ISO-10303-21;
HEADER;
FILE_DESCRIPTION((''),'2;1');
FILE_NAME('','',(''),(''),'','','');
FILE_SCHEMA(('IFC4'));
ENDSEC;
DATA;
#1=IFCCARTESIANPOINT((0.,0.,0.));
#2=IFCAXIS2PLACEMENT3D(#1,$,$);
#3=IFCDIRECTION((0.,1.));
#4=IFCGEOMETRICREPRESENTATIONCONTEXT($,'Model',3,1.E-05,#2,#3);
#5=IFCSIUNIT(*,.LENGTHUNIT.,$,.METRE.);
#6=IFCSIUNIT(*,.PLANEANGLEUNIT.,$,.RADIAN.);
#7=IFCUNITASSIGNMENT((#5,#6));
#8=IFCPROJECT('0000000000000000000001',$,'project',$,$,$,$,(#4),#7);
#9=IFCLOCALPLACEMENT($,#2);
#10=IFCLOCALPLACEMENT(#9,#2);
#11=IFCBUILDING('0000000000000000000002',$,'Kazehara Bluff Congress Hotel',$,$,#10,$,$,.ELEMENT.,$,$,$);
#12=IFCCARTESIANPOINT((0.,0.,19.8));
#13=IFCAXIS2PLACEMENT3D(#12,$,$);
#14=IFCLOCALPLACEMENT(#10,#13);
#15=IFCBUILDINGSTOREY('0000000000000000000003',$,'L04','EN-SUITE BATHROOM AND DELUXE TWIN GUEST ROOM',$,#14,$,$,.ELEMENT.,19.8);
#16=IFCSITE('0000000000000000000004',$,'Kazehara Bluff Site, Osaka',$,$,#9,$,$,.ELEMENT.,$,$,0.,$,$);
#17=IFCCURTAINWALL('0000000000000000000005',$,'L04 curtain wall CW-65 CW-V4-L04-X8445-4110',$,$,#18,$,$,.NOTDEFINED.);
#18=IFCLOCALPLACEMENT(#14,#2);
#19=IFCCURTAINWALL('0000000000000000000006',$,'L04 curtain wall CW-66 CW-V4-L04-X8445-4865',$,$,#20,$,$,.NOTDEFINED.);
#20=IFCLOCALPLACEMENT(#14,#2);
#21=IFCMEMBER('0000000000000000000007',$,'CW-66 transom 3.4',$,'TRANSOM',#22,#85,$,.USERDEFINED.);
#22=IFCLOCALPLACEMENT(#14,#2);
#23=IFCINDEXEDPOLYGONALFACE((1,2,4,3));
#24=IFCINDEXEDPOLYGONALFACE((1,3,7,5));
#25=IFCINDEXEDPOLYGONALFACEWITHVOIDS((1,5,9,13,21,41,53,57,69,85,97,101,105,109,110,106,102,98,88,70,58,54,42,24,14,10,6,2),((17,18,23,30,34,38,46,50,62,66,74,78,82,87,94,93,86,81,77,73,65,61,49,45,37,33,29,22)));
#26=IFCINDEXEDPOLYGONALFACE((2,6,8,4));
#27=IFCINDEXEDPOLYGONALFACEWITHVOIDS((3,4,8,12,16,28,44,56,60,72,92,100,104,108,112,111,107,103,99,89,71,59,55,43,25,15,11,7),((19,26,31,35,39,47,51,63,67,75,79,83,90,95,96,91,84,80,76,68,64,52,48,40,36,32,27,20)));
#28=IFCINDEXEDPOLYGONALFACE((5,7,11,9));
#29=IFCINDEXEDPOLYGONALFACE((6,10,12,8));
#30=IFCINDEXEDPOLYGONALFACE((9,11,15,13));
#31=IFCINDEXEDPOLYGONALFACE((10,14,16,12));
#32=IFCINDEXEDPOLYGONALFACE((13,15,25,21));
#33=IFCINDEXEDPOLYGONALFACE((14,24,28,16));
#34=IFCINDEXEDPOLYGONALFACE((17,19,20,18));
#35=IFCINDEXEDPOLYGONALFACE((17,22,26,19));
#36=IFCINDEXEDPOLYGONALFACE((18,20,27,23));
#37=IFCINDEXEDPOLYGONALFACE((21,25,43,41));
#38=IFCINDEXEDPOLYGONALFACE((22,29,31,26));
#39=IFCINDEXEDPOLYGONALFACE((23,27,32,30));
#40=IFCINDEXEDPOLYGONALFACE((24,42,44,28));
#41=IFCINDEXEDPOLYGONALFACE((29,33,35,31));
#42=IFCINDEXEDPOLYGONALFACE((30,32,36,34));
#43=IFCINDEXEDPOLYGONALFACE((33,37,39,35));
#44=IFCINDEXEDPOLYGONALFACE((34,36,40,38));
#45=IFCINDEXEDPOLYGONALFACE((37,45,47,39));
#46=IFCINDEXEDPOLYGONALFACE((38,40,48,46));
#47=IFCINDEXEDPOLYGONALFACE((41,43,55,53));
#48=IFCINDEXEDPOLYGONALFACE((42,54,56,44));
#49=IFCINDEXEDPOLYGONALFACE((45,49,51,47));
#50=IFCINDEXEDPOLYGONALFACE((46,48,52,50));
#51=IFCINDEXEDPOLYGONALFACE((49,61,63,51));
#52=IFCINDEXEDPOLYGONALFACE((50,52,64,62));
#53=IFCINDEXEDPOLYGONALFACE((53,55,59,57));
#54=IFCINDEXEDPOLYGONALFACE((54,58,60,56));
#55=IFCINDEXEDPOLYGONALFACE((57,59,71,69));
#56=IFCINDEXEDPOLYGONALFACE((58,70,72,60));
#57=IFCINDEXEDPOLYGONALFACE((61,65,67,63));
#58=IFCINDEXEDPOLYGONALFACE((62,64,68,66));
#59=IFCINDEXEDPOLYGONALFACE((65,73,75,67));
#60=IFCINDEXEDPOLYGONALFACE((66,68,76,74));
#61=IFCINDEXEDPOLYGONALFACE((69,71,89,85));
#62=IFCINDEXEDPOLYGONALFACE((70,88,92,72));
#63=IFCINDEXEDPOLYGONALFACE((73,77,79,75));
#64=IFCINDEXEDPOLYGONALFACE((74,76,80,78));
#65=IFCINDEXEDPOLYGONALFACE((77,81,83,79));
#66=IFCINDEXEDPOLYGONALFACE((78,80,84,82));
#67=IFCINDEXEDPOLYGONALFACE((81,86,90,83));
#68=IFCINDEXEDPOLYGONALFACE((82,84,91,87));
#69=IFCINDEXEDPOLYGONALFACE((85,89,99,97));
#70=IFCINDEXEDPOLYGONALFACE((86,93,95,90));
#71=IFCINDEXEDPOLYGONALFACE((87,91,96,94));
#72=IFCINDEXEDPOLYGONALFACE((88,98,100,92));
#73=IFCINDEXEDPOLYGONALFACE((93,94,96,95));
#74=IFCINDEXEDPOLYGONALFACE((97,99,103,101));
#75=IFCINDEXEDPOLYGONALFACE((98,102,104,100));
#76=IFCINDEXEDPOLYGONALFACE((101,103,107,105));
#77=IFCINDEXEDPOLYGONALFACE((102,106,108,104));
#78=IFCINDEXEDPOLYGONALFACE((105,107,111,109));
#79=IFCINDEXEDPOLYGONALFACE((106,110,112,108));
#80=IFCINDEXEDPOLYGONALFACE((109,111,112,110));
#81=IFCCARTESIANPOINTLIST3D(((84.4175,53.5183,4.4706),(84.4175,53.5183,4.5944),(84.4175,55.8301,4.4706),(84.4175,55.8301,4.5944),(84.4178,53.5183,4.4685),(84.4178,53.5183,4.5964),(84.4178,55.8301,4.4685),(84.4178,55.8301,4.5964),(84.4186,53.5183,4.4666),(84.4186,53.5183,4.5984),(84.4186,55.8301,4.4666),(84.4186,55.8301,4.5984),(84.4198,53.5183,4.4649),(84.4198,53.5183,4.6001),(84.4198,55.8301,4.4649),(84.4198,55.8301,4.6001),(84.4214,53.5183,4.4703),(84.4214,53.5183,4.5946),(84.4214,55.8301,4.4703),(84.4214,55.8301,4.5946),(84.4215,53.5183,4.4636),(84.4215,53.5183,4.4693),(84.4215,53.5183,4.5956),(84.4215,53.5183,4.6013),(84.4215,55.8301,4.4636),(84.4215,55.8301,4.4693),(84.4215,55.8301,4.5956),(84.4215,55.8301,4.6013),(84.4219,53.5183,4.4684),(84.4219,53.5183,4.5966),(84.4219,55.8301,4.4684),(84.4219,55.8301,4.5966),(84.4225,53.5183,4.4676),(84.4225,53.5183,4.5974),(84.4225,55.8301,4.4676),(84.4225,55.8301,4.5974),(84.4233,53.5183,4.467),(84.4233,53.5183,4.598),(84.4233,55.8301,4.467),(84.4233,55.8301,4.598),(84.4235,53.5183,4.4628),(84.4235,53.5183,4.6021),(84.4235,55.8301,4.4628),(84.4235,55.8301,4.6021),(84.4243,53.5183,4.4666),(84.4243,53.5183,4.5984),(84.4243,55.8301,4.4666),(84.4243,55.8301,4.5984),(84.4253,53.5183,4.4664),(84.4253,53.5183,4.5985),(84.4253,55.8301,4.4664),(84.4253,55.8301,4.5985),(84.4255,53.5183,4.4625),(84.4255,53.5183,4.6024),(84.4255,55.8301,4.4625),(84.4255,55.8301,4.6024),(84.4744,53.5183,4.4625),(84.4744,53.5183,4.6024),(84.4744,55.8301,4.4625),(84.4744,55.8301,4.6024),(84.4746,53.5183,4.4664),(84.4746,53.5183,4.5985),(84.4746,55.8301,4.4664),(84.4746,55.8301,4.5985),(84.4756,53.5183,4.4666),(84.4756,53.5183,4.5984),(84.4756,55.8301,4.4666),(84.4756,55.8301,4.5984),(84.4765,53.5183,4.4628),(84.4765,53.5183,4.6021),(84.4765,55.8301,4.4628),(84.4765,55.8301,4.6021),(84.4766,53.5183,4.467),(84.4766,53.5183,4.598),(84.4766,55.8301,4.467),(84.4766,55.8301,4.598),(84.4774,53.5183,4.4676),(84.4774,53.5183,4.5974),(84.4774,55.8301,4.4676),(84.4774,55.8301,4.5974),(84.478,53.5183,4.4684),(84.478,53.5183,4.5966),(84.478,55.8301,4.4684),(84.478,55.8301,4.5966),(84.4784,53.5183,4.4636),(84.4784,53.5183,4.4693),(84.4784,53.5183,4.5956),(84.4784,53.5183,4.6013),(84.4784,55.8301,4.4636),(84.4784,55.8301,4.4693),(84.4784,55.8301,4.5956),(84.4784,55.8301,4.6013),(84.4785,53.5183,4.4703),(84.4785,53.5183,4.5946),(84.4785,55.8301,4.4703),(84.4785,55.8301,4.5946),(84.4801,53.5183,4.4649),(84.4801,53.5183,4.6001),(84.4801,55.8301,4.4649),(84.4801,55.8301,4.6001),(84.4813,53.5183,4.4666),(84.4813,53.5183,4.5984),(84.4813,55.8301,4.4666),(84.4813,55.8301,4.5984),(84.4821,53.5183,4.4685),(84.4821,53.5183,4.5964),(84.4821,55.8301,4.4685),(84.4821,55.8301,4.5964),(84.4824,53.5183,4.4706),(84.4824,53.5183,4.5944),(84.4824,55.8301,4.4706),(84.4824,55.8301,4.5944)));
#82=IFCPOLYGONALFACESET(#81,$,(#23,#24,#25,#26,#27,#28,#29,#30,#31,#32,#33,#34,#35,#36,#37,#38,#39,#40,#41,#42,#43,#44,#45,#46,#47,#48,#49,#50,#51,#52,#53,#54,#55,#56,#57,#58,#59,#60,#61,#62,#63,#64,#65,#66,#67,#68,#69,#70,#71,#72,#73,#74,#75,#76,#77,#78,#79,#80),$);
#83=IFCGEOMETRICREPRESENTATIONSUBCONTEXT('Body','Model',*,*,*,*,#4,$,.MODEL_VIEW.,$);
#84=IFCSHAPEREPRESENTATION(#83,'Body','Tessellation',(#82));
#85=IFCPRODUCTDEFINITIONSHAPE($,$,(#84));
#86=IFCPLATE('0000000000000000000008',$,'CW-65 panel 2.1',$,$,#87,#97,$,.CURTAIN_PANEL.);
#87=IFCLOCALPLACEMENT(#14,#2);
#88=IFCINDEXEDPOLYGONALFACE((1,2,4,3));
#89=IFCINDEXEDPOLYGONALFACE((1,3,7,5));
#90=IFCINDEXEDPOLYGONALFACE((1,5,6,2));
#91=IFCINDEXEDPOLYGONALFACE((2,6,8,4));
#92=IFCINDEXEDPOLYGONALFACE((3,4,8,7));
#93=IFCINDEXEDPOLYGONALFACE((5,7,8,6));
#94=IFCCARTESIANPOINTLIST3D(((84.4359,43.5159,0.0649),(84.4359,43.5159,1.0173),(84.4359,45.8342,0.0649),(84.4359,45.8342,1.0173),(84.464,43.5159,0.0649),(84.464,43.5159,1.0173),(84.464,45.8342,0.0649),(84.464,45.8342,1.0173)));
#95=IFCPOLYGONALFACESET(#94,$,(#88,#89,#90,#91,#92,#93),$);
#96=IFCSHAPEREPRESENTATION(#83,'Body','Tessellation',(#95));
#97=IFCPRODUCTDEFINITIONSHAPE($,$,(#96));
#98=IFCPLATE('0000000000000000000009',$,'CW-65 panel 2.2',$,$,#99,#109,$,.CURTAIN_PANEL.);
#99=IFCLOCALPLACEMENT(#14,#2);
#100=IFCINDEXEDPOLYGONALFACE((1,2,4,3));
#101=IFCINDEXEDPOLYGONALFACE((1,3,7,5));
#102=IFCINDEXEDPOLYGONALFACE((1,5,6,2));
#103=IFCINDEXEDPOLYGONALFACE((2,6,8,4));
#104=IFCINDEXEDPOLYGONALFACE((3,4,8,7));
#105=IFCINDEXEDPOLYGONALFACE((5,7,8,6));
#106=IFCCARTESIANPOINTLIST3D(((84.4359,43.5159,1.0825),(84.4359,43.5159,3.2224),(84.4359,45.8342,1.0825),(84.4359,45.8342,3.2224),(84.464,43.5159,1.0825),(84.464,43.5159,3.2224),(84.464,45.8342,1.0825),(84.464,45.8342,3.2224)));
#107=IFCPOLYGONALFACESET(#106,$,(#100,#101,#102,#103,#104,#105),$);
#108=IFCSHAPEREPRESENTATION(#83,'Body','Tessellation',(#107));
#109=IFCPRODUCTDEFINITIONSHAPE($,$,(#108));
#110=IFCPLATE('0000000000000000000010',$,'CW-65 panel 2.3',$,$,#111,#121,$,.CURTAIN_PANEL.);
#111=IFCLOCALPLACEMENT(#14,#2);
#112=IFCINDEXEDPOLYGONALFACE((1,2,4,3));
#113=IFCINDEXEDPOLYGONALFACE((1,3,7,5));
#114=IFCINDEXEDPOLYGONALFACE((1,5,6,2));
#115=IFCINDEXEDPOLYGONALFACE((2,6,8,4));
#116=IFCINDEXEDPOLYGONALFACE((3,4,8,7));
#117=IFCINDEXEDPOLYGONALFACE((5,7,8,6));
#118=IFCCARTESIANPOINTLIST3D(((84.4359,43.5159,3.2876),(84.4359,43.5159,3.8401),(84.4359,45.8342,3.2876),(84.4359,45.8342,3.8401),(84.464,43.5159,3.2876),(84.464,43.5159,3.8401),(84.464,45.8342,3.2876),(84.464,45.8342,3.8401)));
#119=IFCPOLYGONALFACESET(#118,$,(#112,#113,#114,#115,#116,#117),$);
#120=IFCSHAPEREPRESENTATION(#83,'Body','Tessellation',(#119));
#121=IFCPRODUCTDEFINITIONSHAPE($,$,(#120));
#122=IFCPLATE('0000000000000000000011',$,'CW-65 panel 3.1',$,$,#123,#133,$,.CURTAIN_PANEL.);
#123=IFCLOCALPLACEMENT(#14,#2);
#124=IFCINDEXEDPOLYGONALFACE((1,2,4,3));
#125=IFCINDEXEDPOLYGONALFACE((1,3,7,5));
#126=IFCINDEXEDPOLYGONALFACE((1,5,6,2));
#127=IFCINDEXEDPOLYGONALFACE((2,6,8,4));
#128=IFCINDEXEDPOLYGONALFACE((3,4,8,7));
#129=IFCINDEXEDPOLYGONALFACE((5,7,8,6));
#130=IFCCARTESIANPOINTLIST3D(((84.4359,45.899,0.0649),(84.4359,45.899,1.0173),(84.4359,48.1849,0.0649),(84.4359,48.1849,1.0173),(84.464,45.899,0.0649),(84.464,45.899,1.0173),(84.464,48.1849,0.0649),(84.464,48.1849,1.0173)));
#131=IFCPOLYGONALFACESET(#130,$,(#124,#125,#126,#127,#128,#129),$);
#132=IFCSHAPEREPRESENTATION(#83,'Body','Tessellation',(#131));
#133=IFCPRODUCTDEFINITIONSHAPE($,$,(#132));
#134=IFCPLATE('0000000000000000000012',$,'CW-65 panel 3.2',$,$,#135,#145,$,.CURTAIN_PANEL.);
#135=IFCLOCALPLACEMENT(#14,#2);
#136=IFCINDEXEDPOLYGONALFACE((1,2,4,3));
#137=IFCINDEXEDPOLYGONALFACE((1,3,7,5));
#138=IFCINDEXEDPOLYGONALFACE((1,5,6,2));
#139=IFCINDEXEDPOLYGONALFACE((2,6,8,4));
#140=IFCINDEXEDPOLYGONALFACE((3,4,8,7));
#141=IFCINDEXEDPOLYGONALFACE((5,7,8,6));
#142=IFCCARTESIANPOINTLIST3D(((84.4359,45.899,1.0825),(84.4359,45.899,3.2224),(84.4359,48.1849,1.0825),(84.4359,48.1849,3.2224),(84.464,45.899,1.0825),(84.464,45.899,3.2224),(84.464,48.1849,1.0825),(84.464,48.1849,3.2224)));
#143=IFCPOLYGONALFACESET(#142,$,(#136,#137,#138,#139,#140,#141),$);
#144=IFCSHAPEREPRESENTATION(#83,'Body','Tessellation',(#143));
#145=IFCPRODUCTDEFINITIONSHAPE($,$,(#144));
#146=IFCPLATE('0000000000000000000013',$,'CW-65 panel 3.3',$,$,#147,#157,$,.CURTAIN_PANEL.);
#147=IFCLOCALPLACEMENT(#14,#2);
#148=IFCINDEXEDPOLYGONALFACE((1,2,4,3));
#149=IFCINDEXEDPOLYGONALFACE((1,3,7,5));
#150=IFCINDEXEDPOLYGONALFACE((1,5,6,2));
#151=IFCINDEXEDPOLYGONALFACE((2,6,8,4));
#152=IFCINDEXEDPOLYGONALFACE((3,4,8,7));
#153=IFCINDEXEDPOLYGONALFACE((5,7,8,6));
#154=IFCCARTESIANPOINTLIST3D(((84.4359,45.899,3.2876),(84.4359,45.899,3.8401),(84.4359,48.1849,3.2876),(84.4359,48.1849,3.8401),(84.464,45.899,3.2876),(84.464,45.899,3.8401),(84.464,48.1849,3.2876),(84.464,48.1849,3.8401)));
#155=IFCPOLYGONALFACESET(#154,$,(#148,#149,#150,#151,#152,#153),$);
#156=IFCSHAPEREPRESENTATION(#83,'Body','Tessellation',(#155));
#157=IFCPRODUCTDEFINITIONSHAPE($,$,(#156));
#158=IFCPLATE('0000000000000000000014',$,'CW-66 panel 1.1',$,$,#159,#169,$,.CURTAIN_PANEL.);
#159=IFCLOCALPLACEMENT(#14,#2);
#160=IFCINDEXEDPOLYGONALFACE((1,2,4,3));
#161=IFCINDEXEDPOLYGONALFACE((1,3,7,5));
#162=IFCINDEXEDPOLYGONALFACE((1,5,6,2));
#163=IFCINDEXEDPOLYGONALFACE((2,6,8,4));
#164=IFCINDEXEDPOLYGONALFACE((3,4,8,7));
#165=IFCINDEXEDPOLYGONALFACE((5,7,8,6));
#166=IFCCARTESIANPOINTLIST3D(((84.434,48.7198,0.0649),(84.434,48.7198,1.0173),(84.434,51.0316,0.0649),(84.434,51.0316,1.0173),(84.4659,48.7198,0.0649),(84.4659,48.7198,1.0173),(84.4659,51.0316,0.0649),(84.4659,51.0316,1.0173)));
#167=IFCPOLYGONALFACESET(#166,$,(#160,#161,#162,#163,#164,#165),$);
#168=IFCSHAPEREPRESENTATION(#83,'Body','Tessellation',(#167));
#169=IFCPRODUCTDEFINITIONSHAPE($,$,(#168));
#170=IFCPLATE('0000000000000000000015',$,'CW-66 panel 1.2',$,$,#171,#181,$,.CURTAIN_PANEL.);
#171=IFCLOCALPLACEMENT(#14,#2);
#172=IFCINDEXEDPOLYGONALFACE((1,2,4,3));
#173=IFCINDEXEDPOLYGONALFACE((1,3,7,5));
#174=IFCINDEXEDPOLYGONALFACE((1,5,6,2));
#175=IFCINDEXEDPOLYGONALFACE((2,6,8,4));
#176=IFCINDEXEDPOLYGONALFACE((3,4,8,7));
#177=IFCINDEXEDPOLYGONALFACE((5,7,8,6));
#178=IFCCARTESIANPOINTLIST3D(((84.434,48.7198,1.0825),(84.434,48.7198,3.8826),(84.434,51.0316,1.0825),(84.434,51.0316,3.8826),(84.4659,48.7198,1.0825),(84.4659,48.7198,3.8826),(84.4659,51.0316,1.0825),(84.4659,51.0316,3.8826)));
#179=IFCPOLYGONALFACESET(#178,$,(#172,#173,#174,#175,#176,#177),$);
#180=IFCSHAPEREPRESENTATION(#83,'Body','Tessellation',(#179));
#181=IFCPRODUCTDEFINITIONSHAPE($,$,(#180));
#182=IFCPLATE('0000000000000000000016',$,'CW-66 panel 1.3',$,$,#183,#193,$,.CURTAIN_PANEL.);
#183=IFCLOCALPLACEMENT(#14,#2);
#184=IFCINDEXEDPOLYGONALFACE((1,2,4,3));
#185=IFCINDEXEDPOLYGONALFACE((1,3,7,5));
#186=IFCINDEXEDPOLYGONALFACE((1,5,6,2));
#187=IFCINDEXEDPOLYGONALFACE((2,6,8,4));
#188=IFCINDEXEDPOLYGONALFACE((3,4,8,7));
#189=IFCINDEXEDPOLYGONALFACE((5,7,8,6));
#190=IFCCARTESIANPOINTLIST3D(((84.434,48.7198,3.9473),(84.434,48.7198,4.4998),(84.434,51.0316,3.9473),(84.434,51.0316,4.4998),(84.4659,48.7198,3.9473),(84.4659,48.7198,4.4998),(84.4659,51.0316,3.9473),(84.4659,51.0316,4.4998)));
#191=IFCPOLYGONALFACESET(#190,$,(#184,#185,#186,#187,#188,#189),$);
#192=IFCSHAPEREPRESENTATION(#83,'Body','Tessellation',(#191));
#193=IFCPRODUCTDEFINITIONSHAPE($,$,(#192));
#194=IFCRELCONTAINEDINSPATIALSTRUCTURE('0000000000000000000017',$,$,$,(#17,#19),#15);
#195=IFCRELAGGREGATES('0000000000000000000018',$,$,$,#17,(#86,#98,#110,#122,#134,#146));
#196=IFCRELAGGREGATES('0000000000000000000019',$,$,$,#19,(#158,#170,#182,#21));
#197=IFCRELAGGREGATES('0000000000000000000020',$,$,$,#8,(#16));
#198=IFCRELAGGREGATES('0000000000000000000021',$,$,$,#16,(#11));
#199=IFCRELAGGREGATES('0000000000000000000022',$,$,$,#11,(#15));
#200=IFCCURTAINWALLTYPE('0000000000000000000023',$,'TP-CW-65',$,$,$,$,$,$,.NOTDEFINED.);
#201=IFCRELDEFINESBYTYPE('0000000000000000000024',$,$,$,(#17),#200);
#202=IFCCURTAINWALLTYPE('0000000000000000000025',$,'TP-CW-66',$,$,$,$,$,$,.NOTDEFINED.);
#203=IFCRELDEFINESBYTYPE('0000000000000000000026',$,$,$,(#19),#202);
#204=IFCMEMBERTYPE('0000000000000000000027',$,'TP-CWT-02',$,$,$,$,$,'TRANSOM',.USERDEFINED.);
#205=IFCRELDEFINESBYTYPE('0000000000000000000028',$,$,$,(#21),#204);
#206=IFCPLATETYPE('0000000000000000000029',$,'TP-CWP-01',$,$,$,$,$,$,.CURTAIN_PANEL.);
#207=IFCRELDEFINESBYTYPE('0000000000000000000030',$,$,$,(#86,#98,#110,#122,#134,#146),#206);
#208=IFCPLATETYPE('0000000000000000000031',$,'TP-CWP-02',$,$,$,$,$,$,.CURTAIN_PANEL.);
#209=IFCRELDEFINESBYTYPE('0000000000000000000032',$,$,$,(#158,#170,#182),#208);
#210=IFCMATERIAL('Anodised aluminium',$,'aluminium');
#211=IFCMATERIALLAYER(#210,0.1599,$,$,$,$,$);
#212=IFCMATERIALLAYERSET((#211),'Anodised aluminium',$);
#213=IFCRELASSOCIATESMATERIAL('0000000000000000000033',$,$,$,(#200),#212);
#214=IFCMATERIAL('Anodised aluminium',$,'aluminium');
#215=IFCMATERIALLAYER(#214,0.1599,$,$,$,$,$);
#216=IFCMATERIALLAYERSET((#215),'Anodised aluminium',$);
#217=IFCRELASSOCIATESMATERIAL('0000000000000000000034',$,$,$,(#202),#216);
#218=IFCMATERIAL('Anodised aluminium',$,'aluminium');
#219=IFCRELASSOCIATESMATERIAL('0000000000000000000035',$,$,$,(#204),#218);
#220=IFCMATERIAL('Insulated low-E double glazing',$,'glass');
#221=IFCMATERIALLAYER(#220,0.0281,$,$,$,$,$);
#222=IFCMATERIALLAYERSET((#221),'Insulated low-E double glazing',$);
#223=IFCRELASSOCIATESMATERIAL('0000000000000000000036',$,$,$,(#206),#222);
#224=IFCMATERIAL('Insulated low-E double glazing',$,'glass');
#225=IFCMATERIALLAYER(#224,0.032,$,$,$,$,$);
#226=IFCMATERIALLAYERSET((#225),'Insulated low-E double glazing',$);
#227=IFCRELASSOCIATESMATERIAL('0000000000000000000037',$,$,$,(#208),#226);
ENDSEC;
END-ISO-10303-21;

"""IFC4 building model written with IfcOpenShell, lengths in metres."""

from ifc_helpers import new_model, si_unit, direction, frame, origin, origin_2d, place, context, subcontext, project, spatial, rectangle, hollow_rectangle, extrude, material, layer, layer_set, material_profile, profile_set, type_object, element, aggregate, save


model = new_model("IFC4")

# Units and contexts
model_context = context("Model", 3, precision=1e-05, world=origin(), true_north=direction((0.0, 1.0)))
body_context = subcontext(model_context, "Body", "Model", "MODEL_VIEW")
ifc_project = project(units=[si_unit("LENGTHUNIT", "METRE"), si_unit("PLANEANGLEUNIT", "RADIAN")], contexts=[model_context])

# Site, building, storey
site_placement = place(None, origin())
site = spatial("IfcSite", under=ifc_project, at=site_placement, Name="Kazehara Bluff Site, Osaka", CompositionType="ELEMENT", RefElevation=0.0)
building_placement = place(site_placement, origin())
building = spatial("IfcBuilding", under=site, at=building_placement, Name="Kazehara Bluff Congress Hotel", CompositionType="ELEMENT")
storey_placement = place(building_placement, frame((0.0, 0.0, 19.8)))
storey = spatial("IfcBuildingStorey", under=building, at=storey_placement, Name="L04", Description="EN-SUITE BATHROOM AND DELUXE TWIN GUEST ROOM", CompositionType="ELEMENT", Elevation=19.8)

# Curtain walls
ifc_material_1 = material(Name="Anodised aluminium", Category="aluminium")
ifc_layer_1 = layer(ifc_material_1, 0.1599)
ifc_layer_set_1 = layer_set([ifc_layer_1], Name="Anodised aluminium")
curtain_wall_type_1 = type_object("IfcCurtainWallType", Name="TP-CW-65", PredefinedType="NOTDEFINED", material=ifc_layer_set_1)
curtain_wall_1_placement = place(storey_placement, origin())
curtain_wall_1 = element("IfcCurtainWall", 1, at=curtain_wall_1_placement, inside=storey, type_object=curtain_wall_type_1, Name="L04 curtain wall CW-65 CW-V4-L04-X8445-4110", PredefinedType="NOTDEFINED")
ifc_material_2 = material(Name="Anodised aluminium", Category="aluminium")
ifc_layer_2 = layer(ifc_material_2, 0.1599)
ifc_layer_set_2 = layer_set([ifc_layer_2], Name="Anodised aluminium")
curtain_wall_type_2 = type_object("IfcCurtainWallType", Name="TP-CW-66", PredefinedType="NOTDEFINED", material=ifc_layer_set_2)
curtain_wall_2_placement = place(storey_placement, origin())
curtain_wall_2 = element("IfcCurtainWall", 2, at=curtain_wall_2_placement, inside=storey, type_object=curtain_wall_type_2, Name="L04 curtain wall CW-66 CW-V4-L04-X8445-4865", PredefinedType="NOTDEFINED")

# Member
ifc_material_3 = material(Name="Anodised aluminium", Category="aluminium")
ifc_material_profile_1 = material_profile(ifc_material_3, hollow_rectangle(XDim=0.0649, YDim=0.1399, WallThickness=0.0039, InnerFilletRadius=0.0039, OuterFilletRadius=0.0081, at=origin_2d()))
ifc_profile_set_1 = profile_set([ifc_material_profile_1], Name="Anodised aluminium")
member_type_1 = type_object("IfcMemberType", Name="TP-CWT-02", ElementType="TRANSOM", PredefinedType="USERDEFINED", material=ifc_profile_set_1)
member_1_placement = place(storey_placement, frame((84.45, 53.5183, 4.5325), z_axis=(0.0, 1.0, 0.0), x_axis=(-1.0, 0.0, 0.0)))
member_1 = element("IfcMember", 3, at=member_1_placement, type_object=member_type_1, Name="CW-66 transom 3.4", ObjectType="TRANSOM", PredefinedType="USERDEFINED", context=body_context, shape_type="SweptSolid", body=[
    extrude(hollow_rectangle(XDim=0.0649, YDim=0.1399, WallThickness=0.0039, InnerFilletRadius=0.0039, OuterFilletRadius=0.0081, at=origin_2d()), origin(), (0.0, 0.0, 1.0), 2.3118),
])

# Plates
ifc_material_4 = material(Name="Insulated low-E double glazing", Category="glass")
ifc_layer_3 = layer(ifc_material_4, 0.0281)
ifc_layer_set_3 = layer_set([ifc_layer_3], Name="Insulated low-E double glazing")
plate_type_1 = type_object("IfcPlateType", Name="TP-CWP-01", PredefinedType="CURTAIN_PANEL", material=ifc_layer_set_3)
plate_1_placement = place(storey_placement, frame((84.45, 44.675, 0.0649), z_axis=(0.0, 0.0, 1.0), x_axis=(0.0, 1.0, 0.0)))
plate_1 = element("IfcPlate", 4, at=plate_1_placement, type_object=plate_type_1, Name="CW-65 panel 2.1", PredefinedType="CURTAIN_PANEL", context=body_context, shape_type="SweptSolid", body=[
    extrude(rectangle(XDim=2.3184, YDim=0.0281, at=origin_2d()), origin(), (0.0, 0.0, 1.0), 0.9524),
])
plate_2_placement = place(storey_placement, frame((84.45, 44.675, 1.0825), z_axis=(0.0, 0.0, 1.0), x_axis=(0.0, 1.0, 0.0)))
plate_2 = element("IfcPlate", 5, at=plate_2_placement, type_object=plate_type_1, Name="CW-65 panel 2.2", PredefinedType="CURTAIN_PANEL", context=body_context, shape_type="SweptSolid", body=[
    extrude(rectangle(XDim=2.3184, YDim=0.0281, at=origin_2d()), origin(), (0.0, 0.0, 1.0), 2.1399),
])
plate_3_placement = place(storey_placement, frame((84.45, 44.675, 3.2876), z_axis=(0.0, 0.0, 1.0), x_axis=(0.0, 1.0, 0.0)))
plate_3 = element("IfcPlate", 6, at=plate_3_placement, type_object=plate_type_1, Name="CW-65 panel 2.3", PredefinedType="CURTAIN_PANEL", context=body_context, shape_type="SweptSolid", body=[
    extrude(rectangle(XDim=2.3184, YDim=0.0281, at=origin_2d()), origin(), (0.0, 0.0, 1.0), 0.5525),
])
plate_4_placement = place(storey_placement, frame((84.45, 47.042, 0.0649), z_axis=(0.0, 0.0, 1.0), x_axis=(0.0, 1.0, 0.0)))
plate_4 = element("IfcPlate", 7, at=plate_4_placement, type_object=plate_type_1, Name="CW-65 panel 3.1", PredefinedType="CURTAIN_PANEL", context=body_context, shape_type="SweptSolid", body=[
    extrude(rectangle(XDim=2.2859, YDim=0.0281, at=origin_2d()), origin(), (0.0, 0.0, 1.0), 0.9524),
])
plate_5_placement = place(storey_placement, frame((84.45, 47.042, 1.0825), z_axis=(0.0, 0.0, 1.0), x_axis=(0.0, 1.0, 0.0)))
plate_5 = element("IfcPlate", 8, at=plate_5_placement, type_object=plate_type_1, Name="CW-65 panel 3.2", PredefinedType="CURTAIN_PANEL", context=body_context, shape_type="SweptSolid", body=[
    extrude(rectangle(XDim=2.2859, YDim=0.0281, at=origin_2d()), origin(), (0.0, 0.0, 1.0), 2.1399),
])
plate_6_placement = place(storey_placement, frame((84.45, 47.042, 3.2876), z_axis=(0.0, 0.0, 1.0), x_axis=(0.0, 1.0, 0.0)))
plate_6 = element("IfcPlate", 9, at=plate_6_placement, type_object=plate_type_1, Name="CW-65 panel 3.3", PredefinedType="CURTAIN_PANEL", context=body_context, shape_type="SweptSolid", body=[
    extrude(rectangle(XDim=2.2859, YDim=0.0281, at=origin_2d()), origin(), (0.0, 0.0, 1.0), 0.5525),
])
aggregate(curtain_wall_1, [plate_1, plate_2, plate_3, plate_4, plate_5, plate_6])
ifc_material_5 = material(Name="Insulated low-E double glazing", Category="glass")
ifc_layer_4 = layer(ifc_material_5, 0.032)
ifc_layer_set_4 = layer_set([ifc_layer_4], Name="Insulated low-E double glazing")
plate_type_2 = type_object("IfcPlateType", Name="TP-CWP-02", PredefinedType="CURTAIN_PANEL", material=ifc_layer_set_4)
plate_7_placement = place(storey_placement, frame((84.45, 49.8757, 0.0649), z_axis=(0.0, 0.0, 1.0), x_axis=(0.0, 1.0, 0.0)))
plate_7 = element("IfcPlate", 10, at=plate_7_placement, type_object=plate_type_2, Name="CW-66 panel 1.1", PredefinedType="CURTAIN_PANEL", context=body_context, shape_type="SweptSolid", body=[
    extrude(rectangle(XDim=2.3118, YDim=0.032, at=origin_2d()), origin(), (0.0, 0.0, 1.0), 0.9524),
])
plate_8_placement = place(storey_placement, frame((84.45, 49.8757, 1.0825), z_axis=(0.0, 0.0, 1.0), x_axis=(0.0, 1.0, 0.0)))
plate_8 = element("IfcPlate", 11, at=plate_8_placement, type_object=plate_type_2, Name="CW-66 panel 1.2", PredefinedType="CURTAIN_PANEL", context=body_context, shape_type="SweptSolid", body=[
    extrude(rectangle(XDim=2.3118, YDim=0.032, at=origin_2d()), origin(), (0.0, 0.0, 1.0), 2.8),
])
plate_9_placement = place(storey_placement, frame((84.45, 49.8757, 3.9473), z_axis=(0.0, 0.0, 1.0), x_axis=(0.0, 1.0, 0.0)))
plate_9 = element("IfcPlate", 12, at=plate_9_placement, type_object=plate_type_2, Name="CW-66 panel 1.3", PredefinedType="CURTAIN_PANEL", context=body_context, shape_type="SweptSolid", body=[
    extrude(rectangle(XDim=2.3118, YDim=0.032, at=origin_2d()), origin(), (0.0, 0.0, 1.0), 0.5525),
])
aggregate(curtain_wall_2, [plate_7, plate_8, plate_9, member_1])

save(model, "model.ifc")
